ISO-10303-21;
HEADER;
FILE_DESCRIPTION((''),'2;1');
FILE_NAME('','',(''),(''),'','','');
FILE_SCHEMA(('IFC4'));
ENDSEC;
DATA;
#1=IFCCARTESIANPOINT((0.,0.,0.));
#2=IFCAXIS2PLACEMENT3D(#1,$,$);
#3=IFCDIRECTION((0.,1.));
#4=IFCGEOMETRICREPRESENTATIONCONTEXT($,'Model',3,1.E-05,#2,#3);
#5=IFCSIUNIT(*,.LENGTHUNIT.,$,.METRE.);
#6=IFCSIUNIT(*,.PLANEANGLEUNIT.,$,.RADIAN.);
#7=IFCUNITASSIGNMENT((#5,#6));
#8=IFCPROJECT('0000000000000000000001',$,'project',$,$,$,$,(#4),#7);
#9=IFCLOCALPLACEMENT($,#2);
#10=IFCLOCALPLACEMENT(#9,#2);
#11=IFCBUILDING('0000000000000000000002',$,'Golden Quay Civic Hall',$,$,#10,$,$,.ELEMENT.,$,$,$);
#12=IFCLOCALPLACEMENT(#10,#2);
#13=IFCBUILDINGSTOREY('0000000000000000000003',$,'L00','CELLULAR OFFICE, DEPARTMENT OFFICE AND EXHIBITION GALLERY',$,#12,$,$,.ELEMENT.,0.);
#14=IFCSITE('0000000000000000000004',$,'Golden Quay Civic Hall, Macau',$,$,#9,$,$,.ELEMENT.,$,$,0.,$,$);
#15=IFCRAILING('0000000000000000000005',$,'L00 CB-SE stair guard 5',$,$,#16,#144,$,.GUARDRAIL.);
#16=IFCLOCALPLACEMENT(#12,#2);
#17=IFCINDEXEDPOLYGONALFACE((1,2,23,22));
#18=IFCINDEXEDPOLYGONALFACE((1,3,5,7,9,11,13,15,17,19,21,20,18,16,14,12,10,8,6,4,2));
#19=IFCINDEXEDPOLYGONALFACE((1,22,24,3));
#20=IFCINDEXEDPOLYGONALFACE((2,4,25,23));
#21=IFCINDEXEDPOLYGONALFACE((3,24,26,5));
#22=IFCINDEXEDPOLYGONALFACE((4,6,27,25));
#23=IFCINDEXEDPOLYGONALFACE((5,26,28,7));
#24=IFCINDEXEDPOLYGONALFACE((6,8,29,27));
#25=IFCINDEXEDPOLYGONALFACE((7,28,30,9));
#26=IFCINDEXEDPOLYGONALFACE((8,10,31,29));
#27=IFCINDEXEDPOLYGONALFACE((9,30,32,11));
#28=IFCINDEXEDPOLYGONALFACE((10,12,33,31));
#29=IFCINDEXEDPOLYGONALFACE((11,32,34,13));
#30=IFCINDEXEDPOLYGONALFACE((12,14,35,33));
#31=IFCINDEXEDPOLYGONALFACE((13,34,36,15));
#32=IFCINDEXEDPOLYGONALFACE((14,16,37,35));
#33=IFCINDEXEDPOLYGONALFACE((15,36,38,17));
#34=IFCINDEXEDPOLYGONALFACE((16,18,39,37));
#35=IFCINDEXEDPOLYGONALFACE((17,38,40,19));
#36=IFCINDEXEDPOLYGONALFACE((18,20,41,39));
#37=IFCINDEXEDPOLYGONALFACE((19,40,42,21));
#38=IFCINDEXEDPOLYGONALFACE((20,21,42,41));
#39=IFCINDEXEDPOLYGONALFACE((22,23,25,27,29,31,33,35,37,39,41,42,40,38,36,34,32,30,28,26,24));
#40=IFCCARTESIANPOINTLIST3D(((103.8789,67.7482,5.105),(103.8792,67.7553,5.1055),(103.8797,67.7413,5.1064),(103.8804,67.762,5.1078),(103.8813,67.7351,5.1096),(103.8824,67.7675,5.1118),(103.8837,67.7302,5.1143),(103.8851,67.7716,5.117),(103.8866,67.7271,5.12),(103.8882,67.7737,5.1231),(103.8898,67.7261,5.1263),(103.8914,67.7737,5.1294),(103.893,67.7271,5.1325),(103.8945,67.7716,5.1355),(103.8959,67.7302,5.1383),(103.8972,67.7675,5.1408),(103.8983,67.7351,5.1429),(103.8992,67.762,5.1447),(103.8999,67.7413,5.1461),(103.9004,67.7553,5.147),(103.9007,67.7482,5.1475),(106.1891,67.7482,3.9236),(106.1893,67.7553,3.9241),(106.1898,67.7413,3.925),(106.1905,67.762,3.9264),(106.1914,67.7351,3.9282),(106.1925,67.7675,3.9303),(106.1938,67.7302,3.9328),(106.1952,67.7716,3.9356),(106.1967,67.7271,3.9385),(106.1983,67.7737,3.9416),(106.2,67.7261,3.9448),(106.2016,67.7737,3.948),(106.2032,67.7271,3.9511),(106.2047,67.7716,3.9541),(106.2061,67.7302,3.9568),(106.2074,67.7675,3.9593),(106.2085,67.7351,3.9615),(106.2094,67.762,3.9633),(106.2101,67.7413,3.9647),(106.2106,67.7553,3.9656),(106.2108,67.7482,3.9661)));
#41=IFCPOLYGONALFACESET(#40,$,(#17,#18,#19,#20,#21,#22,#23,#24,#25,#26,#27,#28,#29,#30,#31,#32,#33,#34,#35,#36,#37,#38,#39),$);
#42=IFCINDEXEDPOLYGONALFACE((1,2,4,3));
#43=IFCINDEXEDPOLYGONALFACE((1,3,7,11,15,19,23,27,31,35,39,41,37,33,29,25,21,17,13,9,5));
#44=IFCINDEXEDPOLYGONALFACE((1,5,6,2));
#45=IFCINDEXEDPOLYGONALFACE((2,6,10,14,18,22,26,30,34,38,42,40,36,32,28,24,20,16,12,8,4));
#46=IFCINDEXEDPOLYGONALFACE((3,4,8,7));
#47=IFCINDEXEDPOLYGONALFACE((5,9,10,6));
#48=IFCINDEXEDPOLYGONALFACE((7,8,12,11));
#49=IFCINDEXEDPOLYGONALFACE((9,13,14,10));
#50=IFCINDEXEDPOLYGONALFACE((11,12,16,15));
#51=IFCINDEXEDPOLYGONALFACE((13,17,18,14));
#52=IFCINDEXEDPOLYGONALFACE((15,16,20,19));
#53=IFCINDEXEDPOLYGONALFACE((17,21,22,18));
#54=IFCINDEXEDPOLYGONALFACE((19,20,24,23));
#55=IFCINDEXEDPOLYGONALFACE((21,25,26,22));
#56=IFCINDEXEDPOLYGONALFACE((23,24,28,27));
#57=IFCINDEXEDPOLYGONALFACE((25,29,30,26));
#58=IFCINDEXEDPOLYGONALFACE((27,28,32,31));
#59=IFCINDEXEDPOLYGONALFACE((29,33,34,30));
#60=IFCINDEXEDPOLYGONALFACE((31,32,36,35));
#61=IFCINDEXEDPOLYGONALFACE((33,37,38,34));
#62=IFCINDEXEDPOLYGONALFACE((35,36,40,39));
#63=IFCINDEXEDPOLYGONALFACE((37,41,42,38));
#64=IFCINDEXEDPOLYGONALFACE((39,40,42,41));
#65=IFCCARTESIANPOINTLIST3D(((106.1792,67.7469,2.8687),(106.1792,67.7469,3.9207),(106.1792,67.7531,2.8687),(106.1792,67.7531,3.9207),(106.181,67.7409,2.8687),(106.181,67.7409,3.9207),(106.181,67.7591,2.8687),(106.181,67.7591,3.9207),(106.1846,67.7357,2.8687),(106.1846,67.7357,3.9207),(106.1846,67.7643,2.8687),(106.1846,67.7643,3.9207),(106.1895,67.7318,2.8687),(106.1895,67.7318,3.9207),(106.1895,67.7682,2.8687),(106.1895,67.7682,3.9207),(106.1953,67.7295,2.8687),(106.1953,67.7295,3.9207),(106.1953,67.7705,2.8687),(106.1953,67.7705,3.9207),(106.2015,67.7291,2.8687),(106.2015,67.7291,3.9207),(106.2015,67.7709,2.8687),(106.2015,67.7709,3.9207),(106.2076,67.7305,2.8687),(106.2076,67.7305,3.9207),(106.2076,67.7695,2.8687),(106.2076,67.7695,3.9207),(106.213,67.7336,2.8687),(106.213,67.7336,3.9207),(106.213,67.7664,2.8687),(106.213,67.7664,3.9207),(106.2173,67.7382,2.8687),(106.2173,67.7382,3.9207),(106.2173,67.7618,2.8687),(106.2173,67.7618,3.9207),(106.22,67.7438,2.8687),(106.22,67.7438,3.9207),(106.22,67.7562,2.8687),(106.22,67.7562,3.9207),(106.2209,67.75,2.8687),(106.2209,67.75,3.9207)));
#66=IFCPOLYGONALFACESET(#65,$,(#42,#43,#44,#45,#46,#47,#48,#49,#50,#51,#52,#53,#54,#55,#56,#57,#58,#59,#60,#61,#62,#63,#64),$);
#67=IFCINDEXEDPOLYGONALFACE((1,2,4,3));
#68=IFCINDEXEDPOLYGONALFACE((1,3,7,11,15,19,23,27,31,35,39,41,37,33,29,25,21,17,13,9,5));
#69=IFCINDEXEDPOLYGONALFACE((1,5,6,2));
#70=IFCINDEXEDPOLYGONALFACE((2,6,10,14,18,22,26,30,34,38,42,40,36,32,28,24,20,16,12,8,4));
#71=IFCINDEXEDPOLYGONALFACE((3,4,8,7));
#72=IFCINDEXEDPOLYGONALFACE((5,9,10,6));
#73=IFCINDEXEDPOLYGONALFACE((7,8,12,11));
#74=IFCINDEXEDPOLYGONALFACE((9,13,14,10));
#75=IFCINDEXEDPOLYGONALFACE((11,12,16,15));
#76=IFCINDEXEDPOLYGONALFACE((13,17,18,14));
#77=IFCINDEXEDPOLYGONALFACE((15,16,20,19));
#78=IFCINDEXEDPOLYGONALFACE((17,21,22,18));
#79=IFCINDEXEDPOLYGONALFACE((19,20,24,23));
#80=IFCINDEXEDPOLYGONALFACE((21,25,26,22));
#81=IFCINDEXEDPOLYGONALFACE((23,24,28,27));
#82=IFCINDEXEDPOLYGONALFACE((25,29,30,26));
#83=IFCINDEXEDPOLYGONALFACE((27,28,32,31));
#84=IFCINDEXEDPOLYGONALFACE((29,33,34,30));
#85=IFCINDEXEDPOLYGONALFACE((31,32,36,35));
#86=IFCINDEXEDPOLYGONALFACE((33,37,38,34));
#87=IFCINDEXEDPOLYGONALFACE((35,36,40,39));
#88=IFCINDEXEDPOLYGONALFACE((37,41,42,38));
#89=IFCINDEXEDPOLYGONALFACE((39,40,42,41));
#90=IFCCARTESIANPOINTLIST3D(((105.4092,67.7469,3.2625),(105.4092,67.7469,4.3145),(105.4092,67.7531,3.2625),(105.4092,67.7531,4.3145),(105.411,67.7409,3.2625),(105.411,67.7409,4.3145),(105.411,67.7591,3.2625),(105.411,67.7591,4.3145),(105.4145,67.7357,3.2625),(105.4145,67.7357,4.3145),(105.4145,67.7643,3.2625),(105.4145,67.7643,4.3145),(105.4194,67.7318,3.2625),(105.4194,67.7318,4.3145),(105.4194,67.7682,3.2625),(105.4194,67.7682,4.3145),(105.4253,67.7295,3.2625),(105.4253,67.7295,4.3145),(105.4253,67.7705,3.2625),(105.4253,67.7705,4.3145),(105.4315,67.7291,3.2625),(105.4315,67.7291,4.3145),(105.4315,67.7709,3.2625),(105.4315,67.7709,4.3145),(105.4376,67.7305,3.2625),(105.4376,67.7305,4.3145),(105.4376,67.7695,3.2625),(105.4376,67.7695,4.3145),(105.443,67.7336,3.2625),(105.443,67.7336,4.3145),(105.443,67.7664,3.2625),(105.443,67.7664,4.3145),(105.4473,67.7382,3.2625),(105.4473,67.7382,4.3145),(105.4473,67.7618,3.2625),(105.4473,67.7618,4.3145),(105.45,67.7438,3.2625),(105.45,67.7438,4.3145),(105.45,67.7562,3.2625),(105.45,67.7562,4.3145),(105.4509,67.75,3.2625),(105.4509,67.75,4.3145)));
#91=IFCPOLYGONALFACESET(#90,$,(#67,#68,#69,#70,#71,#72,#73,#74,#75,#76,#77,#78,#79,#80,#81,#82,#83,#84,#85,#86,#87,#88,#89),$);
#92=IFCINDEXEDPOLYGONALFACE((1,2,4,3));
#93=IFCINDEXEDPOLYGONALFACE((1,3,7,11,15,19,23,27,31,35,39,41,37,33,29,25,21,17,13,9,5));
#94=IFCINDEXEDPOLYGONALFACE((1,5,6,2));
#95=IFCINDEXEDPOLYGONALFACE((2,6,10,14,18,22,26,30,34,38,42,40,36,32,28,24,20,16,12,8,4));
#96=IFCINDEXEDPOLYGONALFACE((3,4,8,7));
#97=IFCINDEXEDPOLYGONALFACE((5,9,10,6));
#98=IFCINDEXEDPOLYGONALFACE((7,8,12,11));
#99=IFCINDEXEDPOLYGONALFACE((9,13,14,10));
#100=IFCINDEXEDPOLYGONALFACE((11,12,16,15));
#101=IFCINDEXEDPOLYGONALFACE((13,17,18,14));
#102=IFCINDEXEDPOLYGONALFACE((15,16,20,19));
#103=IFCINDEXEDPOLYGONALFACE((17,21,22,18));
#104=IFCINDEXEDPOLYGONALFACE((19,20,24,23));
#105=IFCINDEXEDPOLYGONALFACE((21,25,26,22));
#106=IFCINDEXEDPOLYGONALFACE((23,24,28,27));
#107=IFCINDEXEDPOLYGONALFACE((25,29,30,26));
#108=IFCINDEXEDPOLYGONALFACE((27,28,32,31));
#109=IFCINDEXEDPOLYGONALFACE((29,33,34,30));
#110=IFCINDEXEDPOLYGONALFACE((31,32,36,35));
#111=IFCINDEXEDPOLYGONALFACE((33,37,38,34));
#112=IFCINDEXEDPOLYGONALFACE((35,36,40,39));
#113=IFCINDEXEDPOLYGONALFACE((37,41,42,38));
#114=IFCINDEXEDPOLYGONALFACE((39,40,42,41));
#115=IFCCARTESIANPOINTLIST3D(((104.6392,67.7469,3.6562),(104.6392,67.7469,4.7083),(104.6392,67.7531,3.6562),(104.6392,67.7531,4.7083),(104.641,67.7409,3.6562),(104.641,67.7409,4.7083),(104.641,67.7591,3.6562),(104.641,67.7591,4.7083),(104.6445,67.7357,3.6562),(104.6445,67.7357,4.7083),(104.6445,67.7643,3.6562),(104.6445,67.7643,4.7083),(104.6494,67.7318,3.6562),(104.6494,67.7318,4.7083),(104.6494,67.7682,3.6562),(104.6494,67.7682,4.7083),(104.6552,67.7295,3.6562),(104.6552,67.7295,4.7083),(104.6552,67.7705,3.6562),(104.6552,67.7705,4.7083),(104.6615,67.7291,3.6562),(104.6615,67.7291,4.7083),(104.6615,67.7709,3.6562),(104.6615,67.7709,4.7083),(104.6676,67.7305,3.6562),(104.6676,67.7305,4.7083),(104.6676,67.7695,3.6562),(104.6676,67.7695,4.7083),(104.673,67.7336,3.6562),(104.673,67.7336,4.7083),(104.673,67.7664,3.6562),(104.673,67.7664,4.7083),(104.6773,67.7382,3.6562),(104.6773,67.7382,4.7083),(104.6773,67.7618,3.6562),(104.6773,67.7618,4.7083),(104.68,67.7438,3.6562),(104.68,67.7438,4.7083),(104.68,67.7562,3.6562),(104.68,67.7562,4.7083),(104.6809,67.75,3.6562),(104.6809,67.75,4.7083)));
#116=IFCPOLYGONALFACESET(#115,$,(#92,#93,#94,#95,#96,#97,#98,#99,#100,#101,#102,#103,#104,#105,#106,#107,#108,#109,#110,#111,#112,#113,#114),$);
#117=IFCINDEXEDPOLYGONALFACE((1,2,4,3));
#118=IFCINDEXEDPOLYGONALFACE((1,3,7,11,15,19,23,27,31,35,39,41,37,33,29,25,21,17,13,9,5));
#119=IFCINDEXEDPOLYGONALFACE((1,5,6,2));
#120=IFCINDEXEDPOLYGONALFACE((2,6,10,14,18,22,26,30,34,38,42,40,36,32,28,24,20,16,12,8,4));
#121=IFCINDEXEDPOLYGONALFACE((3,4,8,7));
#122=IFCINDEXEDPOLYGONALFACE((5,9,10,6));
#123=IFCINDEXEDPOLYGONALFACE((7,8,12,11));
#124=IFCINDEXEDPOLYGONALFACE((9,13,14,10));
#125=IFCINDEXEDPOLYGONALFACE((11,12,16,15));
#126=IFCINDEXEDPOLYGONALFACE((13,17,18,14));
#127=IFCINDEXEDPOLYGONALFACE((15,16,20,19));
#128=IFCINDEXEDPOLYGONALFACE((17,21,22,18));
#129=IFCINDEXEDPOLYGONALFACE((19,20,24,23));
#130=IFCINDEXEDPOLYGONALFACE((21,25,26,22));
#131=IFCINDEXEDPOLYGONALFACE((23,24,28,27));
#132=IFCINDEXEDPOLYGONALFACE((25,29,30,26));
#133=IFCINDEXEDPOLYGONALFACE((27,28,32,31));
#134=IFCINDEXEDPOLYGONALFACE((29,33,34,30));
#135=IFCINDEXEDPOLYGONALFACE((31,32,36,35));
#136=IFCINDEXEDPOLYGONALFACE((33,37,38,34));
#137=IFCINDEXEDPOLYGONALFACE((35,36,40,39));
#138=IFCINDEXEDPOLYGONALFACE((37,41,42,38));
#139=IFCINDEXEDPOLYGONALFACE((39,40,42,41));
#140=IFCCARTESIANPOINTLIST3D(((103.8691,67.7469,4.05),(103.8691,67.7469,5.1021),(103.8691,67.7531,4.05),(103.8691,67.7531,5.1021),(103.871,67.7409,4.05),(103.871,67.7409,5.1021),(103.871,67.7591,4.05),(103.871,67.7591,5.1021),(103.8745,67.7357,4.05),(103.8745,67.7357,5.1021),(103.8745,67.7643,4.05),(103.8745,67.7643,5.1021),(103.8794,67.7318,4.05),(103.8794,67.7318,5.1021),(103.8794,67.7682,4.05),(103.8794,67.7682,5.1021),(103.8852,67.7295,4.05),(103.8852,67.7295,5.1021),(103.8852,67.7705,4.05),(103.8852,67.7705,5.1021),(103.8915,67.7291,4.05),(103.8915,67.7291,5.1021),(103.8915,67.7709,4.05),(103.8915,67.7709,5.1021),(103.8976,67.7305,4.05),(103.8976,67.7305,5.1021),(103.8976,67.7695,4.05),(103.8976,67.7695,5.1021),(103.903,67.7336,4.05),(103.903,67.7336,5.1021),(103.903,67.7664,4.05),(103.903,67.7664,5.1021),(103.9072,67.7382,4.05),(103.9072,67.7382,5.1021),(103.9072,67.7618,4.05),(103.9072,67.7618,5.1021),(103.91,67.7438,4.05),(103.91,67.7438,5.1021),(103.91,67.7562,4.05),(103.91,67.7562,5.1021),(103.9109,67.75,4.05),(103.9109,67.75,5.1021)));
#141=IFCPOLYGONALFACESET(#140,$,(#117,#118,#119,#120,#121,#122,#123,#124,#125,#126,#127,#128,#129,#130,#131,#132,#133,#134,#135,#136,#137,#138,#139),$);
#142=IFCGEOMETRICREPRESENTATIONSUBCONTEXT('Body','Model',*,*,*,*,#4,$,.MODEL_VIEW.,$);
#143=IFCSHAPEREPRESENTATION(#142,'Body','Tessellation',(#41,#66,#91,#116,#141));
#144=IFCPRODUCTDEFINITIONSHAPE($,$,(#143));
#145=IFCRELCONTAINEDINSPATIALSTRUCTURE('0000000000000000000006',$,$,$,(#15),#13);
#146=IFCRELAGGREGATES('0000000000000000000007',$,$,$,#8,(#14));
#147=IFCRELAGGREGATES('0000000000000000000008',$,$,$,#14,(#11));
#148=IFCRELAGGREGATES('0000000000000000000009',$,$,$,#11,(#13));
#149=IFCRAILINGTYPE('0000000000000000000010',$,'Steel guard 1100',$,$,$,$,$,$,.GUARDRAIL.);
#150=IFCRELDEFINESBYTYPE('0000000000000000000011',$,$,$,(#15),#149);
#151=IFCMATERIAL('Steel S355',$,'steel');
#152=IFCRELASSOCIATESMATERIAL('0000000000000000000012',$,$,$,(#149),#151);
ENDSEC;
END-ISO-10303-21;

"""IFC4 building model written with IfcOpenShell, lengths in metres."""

from ifc_helpers import new_model, si_unit, direction, frame, origin, origin_2d, place, context, subcontext, project, spatial, circle, extrude, material, type_object, element, save


model = new_model("IFC4")

# Units and contexts
model_context = context("Model", 3, precision=1e-05, world=origin(), true_north=direction((0.0, 1.0)))
body_context = subcontext(model_context, "Body", "Model", "MODEL_VIEW")
ifc_project = project(units=[si_unit("LENGTHUNIT", "METRE"), si_unit("PLANEANGLEUNIT", "RADIAN")], contexts=[model_context])

# Site, building, storey
site_placement = place(None, origin())
site = spatial("IfcSite", under=ifc_project, at=site_placement, Name="Golden Quay Civic Hall, Macau", CompositionType="ELEMENT", RefElevation=0.0)
building_placement = place(site_placement, origin())
building = spatial("IfcBuilding", under=site, at=building_placement, Name="Golden Quay Civic Hall", CompositionType="ELEMENT")
storey_placement = place(building_placement, origin())
storey = spatial("IfcBuildingStorey", under=building, at=storey_placement, Name="L00", Description="CELLULAR OFFICE, DEPARTMENT OFFICE AND EXHIBITION GALLERY", CompositionType="ELEMENT", Elevation=0.0)

# Railing
ifc_material_1 = material(Name="Steel S355", Category="steel")
railing_type_1 = type_object("IfcRailingType", Name="Steel guard 1100", PredefinedType="GUARDRAIL", material=ifc_material_1)
railing_1_placement = place(storey_placement, frame((106.2, 67.75, 2.8687)))
element("IfcRailing", 1, at=railing_1_placement, inside=storey, type_object=railing_type_1, Name="L00 CB-SE stair guard 5", PredefinedType="GUARDRAIL", context=body_context, shape_type="SweptSolid", body=[
    extrude(circle(Radius=0.0239, at=origin_2d()), frame((0.0, 0.0, 1.0762), z_axis=(-0.890325, 0.0, 0.455325), x_axis=(0.0, -1.0, 0.0)), (0.0, 0.0, 1.0), 2.5947),
    extrude(circle(Radius=0.021, at=origin_2d()), origin(), (0.0, 0.0, 1.0), 1.052),
    extrude(circle(Radius=0.021, at=origin_2d()), frame((-0.77, 0.0, 0.3938)), (0.0, 0.0, 1.0), 1.052),
    extrude(circle(Radius=0.021, at=origin_2d()), frame((-1.54, 0.0, 0.7876)), (0.0, 0.0, 1.0), 1.052),
    extrude(circle(Radius=0.021, at=origin_2d()), frame((-2.3101, 0.0, 1.1814)), (0.0, 0.0, 1.0), 1.052),
])

save(model, "model.ifc")
